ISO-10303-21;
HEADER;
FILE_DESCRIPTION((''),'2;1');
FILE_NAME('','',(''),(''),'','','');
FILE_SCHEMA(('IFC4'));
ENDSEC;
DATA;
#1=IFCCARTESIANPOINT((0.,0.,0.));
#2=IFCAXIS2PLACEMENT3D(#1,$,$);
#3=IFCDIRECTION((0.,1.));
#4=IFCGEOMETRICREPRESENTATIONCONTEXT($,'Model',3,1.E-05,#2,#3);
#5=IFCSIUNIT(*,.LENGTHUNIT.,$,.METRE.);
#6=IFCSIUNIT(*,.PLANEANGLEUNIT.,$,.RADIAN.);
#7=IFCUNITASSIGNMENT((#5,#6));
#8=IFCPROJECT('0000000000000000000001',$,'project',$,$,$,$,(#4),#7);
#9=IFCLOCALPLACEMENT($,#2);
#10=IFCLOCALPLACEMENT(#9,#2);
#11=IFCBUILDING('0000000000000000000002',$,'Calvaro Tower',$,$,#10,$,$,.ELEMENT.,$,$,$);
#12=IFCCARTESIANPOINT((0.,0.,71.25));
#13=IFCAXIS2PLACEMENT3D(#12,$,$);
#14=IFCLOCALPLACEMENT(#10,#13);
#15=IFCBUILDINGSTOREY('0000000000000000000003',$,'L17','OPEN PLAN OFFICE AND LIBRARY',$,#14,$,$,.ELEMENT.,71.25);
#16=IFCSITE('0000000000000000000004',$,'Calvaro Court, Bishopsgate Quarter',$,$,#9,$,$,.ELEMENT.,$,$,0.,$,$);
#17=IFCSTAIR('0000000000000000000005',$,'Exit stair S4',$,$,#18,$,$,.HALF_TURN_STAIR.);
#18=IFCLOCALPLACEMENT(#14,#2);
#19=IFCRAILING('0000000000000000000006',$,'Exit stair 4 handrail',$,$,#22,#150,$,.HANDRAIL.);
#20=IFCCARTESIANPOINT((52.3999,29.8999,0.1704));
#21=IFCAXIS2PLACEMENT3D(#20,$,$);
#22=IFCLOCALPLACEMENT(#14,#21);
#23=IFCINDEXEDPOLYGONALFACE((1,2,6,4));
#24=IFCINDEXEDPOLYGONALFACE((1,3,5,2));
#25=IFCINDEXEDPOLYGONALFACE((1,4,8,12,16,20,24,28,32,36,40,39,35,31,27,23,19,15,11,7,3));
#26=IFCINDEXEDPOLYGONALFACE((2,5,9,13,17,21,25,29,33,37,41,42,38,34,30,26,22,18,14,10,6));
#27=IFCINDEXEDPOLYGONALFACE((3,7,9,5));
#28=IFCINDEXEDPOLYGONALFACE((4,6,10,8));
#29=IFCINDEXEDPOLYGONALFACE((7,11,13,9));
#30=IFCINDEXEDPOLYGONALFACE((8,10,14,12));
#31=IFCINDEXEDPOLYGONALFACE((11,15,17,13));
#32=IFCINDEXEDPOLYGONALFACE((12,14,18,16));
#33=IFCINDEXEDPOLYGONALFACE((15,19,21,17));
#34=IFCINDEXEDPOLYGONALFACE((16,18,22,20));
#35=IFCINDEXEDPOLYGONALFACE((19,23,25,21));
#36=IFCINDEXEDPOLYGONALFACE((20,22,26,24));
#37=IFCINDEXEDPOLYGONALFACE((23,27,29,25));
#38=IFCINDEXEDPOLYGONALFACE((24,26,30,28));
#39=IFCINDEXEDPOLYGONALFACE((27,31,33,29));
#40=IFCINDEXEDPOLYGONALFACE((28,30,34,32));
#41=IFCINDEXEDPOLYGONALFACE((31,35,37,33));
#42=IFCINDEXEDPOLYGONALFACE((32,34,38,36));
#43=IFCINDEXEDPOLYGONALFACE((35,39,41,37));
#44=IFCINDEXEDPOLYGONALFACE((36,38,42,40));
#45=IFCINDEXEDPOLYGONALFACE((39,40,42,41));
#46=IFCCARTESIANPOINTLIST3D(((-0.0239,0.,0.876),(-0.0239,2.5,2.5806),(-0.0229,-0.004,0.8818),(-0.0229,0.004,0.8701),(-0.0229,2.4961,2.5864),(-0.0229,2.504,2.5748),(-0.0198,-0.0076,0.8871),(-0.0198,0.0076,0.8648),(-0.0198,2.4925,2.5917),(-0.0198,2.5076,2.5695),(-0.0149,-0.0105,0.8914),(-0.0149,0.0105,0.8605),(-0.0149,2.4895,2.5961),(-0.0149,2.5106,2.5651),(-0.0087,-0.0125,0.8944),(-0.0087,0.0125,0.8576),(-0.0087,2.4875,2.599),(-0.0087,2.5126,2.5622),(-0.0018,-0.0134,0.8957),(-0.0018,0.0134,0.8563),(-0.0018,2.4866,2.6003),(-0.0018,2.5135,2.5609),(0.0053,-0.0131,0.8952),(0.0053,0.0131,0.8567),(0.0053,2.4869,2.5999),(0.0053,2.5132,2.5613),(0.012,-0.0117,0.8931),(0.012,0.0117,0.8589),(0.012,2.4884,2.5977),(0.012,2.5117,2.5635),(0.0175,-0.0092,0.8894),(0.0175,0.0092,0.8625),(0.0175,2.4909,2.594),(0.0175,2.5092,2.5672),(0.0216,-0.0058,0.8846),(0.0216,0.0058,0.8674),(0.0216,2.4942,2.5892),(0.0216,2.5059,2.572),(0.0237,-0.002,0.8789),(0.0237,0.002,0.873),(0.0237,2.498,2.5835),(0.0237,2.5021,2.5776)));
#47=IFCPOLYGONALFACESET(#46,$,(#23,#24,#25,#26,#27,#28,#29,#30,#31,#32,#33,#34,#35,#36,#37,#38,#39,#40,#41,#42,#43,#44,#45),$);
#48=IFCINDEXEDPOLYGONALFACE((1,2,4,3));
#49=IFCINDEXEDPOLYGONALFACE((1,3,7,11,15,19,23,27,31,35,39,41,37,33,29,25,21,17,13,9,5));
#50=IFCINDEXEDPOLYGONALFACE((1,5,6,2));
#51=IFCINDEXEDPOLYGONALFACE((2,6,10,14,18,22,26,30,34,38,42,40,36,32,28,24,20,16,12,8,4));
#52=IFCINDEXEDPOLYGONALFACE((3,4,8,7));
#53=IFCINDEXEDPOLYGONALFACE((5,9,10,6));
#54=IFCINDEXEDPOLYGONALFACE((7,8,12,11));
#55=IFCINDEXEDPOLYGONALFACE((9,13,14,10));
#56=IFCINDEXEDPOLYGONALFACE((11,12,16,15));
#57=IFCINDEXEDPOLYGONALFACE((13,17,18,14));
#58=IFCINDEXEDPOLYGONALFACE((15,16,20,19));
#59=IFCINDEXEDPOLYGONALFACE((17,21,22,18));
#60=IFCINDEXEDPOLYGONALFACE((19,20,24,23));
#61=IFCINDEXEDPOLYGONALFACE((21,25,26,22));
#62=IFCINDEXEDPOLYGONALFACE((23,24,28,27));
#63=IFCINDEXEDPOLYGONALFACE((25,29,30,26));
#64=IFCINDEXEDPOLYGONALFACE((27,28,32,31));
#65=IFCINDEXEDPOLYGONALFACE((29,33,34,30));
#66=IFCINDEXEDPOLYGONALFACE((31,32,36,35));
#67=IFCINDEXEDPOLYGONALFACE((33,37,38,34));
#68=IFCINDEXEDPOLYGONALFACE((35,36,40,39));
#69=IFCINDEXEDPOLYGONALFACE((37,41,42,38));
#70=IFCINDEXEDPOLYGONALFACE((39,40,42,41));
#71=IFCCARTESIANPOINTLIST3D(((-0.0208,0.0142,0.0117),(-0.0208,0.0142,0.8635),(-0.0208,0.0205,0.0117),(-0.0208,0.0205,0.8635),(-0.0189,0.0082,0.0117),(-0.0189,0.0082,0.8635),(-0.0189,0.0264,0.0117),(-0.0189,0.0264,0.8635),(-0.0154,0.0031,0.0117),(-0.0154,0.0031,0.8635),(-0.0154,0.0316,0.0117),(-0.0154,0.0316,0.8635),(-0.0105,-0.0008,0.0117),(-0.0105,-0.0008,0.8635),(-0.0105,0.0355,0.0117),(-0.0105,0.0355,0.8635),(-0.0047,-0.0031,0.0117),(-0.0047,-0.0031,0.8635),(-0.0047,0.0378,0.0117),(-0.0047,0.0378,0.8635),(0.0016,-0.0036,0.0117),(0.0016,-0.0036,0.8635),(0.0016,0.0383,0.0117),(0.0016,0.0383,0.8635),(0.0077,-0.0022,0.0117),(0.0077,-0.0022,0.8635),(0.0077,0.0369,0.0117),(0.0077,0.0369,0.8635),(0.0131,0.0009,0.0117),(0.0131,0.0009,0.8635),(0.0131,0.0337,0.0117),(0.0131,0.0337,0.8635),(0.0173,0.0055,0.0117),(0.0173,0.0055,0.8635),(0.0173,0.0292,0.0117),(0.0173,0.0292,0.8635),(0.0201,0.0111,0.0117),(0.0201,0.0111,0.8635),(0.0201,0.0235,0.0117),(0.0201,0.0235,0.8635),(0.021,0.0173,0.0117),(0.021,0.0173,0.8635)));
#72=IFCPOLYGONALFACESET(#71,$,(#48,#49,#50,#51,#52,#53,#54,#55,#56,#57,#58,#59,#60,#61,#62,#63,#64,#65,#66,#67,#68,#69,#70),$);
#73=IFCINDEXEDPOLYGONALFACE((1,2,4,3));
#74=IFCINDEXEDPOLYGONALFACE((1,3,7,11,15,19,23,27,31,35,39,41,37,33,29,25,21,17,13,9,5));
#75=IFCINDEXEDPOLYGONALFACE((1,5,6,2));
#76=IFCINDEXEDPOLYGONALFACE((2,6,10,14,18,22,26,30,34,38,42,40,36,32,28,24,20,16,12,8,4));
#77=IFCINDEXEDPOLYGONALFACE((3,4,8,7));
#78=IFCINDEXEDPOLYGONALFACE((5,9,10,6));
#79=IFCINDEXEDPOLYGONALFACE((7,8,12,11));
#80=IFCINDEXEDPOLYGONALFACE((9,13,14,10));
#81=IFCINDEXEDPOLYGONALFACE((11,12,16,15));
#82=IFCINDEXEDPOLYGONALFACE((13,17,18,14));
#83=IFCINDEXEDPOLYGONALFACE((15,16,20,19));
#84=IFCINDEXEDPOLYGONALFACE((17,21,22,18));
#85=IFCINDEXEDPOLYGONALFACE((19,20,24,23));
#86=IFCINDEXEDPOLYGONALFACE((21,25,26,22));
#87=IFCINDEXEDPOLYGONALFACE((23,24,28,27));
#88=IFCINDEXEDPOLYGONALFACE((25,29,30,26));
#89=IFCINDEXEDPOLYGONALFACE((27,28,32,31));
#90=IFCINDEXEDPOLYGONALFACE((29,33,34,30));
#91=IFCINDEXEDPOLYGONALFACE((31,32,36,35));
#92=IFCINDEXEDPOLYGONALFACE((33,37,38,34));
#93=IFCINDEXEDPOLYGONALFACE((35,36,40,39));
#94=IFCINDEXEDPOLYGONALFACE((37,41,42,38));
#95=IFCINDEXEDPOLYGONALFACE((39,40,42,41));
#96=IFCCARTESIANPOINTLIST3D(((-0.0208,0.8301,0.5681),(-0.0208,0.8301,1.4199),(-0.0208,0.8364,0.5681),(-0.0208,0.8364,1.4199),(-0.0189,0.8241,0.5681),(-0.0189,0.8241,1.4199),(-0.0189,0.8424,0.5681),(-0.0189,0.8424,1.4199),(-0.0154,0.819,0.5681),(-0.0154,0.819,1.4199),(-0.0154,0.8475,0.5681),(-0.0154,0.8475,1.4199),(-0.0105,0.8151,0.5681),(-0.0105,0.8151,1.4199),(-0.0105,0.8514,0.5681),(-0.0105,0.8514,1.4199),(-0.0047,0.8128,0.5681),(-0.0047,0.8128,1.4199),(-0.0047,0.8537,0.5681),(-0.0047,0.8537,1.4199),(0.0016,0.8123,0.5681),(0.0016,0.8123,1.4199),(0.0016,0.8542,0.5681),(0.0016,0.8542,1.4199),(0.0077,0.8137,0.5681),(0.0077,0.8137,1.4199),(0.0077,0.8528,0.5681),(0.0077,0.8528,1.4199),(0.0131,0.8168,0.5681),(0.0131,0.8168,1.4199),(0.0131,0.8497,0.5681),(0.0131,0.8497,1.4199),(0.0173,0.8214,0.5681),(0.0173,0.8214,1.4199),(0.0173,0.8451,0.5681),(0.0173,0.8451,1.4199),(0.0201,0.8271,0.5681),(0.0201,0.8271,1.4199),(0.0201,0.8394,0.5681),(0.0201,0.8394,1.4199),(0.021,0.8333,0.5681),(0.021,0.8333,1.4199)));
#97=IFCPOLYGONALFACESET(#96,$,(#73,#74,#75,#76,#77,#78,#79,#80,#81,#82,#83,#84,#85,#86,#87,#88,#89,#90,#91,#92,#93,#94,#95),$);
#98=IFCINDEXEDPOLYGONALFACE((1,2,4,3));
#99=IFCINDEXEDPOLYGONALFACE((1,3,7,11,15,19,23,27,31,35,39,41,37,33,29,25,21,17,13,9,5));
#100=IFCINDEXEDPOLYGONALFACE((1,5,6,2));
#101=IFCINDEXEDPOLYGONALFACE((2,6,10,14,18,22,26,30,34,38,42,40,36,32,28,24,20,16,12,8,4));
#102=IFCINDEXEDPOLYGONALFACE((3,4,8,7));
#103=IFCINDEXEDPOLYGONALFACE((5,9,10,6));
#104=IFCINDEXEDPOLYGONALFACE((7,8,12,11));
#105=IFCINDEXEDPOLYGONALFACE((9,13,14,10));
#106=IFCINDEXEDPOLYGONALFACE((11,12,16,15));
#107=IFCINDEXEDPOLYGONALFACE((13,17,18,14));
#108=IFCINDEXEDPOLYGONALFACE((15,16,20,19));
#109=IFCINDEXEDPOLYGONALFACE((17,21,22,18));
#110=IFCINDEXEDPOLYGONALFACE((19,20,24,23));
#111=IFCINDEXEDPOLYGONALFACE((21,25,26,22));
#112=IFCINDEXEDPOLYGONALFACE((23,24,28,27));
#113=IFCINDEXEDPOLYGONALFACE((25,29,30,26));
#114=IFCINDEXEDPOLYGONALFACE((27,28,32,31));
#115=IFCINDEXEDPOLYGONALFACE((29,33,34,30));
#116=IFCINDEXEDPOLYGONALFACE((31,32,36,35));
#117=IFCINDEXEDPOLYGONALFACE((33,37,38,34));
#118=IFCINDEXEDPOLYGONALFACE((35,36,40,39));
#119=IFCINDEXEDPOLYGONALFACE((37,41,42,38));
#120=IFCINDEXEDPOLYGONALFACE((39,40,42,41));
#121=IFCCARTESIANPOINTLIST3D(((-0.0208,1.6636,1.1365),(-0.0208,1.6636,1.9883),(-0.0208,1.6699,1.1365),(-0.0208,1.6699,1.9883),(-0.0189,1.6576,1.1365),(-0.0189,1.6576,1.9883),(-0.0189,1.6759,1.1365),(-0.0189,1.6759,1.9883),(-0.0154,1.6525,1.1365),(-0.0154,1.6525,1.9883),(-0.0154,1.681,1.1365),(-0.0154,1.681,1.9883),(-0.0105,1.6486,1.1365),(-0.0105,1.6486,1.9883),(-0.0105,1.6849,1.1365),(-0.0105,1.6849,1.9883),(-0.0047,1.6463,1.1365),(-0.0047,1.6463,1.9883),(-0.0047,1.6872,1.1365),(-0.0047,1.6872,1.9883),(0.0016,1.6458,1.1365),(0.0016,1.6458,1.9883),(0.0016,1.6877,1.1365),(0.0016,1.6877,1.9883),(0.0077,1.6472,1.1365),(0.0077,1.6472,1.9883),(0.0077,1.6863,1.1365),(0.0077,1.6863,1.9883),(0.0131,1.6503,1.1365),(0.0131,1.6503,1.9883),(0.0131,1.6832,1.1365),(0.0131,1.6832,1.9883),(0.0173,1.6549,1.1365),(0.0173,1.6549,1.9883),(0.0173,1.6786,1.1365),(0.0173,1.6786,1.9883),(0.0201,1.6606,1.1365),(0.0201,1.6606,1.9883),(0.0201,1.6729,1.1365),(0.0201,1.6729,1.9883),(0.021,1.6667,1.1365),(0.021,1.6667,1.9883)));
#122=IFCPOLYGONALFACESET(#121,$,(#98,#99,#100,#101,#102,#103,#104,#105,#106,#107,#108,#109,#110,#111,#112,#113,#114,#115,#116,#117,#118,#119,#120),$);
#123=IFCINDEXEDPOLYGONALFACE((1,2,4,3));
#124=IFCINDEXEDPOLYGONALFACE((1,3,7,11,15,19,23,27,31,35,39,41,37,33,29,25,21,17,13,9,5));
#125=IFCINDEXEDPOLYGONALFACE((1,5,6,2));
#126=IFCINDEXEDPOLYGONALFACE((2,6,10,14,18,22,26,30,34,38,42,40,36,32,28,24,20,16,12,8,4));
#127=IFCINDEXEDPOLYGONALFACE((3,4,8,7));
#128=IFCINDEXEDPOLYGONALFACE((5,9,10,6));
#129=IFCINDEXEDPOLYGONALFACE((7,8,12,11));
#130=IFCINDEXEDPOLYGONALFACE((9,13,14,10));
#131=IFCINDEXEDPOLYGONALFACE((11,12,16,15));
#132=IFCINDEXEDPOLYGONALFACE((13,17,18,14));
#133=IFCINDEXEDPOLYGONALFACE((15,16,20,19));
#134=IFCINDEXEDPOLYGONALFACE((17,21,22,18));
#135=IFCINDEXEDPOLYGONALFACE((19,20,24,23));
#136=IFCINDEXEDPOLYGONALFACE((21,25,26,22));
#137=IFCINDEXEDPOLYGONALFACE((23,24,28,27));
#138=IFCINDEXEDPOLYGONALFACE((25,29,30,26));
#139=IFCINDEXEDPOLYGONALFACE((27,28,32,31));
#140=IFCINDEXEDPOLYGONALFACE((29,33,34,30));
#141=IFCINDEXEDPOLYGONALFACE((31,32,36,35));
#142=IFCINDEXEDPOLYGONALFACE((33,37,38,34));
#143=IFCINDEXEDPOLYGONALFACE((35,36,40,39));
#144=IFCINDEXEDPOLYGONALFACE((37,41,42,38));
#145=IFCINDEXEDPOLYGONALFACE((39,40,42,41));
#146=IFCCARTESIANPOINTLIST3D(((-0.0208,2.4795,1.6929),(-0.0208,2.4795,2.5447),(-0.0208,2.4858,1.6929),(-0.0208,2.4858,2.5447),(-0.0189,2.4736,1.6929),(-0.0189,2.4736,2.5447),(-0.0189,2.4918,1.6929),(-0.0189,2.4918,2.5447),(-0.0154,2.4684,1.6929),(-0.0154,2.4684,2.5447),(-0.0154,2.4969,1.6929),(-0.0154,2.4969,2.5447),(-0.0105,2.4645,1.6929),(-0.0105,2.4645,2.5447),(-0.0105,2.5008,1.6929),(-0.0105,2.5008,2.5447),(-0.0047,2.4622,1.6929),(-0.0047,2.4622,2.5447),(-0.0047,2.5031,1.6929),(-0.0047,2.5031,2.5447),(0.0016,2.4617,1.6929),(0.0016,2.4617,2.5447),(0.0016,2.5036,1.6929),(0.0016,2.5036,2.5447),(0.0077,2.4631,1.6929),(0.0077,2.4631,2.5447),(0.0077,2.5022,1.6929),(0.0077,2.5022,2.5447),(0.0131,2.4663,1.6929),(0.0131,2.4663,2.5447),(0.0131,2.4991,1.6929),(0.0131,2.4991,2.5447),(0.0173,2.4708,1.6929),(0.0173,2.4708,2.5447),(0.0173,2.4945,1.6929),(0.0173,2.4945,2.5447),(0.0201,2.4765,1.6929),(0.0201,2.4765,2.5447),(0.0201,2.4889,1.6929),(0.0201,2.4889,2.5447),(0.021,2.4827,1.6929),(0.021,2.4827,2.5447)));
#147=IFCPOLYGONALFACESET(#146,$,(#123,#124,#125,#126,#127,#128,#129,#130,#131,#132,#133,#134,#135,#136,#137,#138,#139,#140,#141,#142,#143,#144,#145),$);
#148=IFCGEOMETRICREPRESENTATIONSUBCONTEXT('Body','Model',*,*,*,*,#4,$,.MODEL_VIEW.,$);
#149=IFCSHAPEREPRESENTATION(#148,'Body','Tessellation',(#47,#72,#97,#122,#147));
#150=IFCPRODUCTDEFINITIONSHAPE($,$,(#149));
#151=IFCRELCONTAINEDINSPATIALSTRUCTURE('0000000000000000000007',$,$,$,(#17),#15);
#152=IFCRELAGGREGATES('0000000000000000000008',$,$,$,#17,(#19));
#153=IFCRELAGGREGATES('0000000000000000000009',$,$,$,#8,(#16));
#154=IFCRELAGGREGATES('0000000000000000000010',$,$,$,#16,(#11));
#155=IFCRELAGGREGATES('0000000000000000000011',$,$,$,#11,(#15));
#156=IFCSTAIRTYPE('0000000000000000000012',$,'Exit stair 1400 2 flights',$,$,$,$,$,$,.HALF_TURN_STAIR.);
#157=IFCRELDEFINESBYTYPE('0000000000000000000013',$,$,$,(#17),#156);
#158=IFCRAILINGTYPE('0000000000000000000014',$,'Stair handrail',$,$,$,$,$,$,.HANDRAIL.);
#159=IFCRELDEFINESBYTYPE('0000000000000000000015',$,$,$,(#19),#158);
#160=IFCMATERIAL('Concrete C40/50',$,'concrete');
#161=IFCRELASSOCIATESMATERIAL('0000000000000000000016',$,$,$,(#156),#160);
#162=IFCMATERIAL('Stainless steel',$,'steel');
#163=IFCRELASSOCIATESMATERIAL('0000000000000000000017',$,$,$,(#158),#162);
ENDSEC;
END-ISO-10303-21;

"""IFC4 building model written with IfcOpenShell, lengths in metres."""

from ifc_helpers import new_model, si_unit, direction, frame, origin, origin_2d, place, context, subcontext, project, spatial, circle, extrude, material, type_object, element, aggregate, save


model = new_model("IFC4")

# Units and contexts
model_context = context("Model", 3, precision=1e-05, world=origin(), true_north=direction((0.0, 1.0)))
body_context = subcontext(model_context, "Body", "Model", "MODEL_VIEW")
ifc_project = project(units=[si_unit("LENGTHUNIT", "METRE"), si_unit("PLANEANGLEUNIT", "RADIAN")], contexts=[model_context])

# Site, building, storey
site_placement = place(None, origin())
site = spatial("IfcSite", under=ifc_project, at=site_placement, Name="Calvaro Court, Bishopsgate Quarter", CompositionType="ELEMENT", RefElevation=0.0)
building_placement = place(site_placement, origin())
building = spatial("IfcBuilding", under=site, at=building_placement, Name="Calvaro Tower", CompositionType="ELEMENT")
storey_placement = place(building_placement, frame((0.0, 0.0, 71.25)))
storey = spatial("IfcBuildingStorey", under=building, at=storey_placement, Name="L17", Description="OPEN PLAN OFFICE AND LIBRARY", CompositionType="ELEMENT", Elevation=71.25)

# Stair
ifc_material_1 = material(Name="Concrete C40/50", Category="concrete")
stair_type = type_object("IfcStairType", Name="Exit stair 1400 2 flights", PredefinedType="HALF_TURN_STAIR", material=ifc_material_1)
stair_1_placement = place(storey_placement, origin())
stair_1 = element("IfcStair", 1, at=stair_1_placement, inside=storey, type_object=stair_type, Name="Exit stair S4", PredefinedType="HALF_TURN_STAIR")

# Railing
ifc_material_2 = material(Name="Stainless steel", Category="steel")
railing_type = type_object("IfcRailingType", Name="Stair handrail", PredefinedType="HANDRAIL", material=ifc_material_2)
railing_1_placement = place(storey_placement, frame((52.3999, 29.8999, 0.1704)))
railing_1 = element("IfcRailing", 2, at=railing_1_placement, type_object=railing_type, Name="Exit stair 4 handrail", PredefinedType="HANDRAIL", context=body_context, shape_type="SweptSolid", body=[
    extrude(circle(Radius=0.0239, at=origin_2d()), frame((0.0, 0.0, 0.876), z_axis=(0.0, 0.826221, 0.563347), x_axis=(-1.0, 0.0, 0.0)), (0.0, 0.0, 1.0), 3.0259),
    extrude(circle(Radius=0.021, at=origin_2d()), frame((0.0, 0.0173, 0.0117)), (0.0, 0.0, 1.0), 0.8518),
    extrude(circle(Radius=0.021, at=origin_2d()), frame((0.0, 0.8333, 0.5681)), (0.0, 0.0, 1.0), 0.8518),
    extrude(circle(Radius=0.021, at=origin_2d()), frame((0.0, 1.6667, 1.1365)), (0.0, 0.0, 1.0), 0.8518),
    extrude(circle(Radius=0.021, at=origin_2d()), frame((0.0, 2.4827, 1.6929)), (0.0, 0.0, 1.0), 0.8518),
])
aggregate(stair_1, [railing_1])

save(model, "model.ifc")
